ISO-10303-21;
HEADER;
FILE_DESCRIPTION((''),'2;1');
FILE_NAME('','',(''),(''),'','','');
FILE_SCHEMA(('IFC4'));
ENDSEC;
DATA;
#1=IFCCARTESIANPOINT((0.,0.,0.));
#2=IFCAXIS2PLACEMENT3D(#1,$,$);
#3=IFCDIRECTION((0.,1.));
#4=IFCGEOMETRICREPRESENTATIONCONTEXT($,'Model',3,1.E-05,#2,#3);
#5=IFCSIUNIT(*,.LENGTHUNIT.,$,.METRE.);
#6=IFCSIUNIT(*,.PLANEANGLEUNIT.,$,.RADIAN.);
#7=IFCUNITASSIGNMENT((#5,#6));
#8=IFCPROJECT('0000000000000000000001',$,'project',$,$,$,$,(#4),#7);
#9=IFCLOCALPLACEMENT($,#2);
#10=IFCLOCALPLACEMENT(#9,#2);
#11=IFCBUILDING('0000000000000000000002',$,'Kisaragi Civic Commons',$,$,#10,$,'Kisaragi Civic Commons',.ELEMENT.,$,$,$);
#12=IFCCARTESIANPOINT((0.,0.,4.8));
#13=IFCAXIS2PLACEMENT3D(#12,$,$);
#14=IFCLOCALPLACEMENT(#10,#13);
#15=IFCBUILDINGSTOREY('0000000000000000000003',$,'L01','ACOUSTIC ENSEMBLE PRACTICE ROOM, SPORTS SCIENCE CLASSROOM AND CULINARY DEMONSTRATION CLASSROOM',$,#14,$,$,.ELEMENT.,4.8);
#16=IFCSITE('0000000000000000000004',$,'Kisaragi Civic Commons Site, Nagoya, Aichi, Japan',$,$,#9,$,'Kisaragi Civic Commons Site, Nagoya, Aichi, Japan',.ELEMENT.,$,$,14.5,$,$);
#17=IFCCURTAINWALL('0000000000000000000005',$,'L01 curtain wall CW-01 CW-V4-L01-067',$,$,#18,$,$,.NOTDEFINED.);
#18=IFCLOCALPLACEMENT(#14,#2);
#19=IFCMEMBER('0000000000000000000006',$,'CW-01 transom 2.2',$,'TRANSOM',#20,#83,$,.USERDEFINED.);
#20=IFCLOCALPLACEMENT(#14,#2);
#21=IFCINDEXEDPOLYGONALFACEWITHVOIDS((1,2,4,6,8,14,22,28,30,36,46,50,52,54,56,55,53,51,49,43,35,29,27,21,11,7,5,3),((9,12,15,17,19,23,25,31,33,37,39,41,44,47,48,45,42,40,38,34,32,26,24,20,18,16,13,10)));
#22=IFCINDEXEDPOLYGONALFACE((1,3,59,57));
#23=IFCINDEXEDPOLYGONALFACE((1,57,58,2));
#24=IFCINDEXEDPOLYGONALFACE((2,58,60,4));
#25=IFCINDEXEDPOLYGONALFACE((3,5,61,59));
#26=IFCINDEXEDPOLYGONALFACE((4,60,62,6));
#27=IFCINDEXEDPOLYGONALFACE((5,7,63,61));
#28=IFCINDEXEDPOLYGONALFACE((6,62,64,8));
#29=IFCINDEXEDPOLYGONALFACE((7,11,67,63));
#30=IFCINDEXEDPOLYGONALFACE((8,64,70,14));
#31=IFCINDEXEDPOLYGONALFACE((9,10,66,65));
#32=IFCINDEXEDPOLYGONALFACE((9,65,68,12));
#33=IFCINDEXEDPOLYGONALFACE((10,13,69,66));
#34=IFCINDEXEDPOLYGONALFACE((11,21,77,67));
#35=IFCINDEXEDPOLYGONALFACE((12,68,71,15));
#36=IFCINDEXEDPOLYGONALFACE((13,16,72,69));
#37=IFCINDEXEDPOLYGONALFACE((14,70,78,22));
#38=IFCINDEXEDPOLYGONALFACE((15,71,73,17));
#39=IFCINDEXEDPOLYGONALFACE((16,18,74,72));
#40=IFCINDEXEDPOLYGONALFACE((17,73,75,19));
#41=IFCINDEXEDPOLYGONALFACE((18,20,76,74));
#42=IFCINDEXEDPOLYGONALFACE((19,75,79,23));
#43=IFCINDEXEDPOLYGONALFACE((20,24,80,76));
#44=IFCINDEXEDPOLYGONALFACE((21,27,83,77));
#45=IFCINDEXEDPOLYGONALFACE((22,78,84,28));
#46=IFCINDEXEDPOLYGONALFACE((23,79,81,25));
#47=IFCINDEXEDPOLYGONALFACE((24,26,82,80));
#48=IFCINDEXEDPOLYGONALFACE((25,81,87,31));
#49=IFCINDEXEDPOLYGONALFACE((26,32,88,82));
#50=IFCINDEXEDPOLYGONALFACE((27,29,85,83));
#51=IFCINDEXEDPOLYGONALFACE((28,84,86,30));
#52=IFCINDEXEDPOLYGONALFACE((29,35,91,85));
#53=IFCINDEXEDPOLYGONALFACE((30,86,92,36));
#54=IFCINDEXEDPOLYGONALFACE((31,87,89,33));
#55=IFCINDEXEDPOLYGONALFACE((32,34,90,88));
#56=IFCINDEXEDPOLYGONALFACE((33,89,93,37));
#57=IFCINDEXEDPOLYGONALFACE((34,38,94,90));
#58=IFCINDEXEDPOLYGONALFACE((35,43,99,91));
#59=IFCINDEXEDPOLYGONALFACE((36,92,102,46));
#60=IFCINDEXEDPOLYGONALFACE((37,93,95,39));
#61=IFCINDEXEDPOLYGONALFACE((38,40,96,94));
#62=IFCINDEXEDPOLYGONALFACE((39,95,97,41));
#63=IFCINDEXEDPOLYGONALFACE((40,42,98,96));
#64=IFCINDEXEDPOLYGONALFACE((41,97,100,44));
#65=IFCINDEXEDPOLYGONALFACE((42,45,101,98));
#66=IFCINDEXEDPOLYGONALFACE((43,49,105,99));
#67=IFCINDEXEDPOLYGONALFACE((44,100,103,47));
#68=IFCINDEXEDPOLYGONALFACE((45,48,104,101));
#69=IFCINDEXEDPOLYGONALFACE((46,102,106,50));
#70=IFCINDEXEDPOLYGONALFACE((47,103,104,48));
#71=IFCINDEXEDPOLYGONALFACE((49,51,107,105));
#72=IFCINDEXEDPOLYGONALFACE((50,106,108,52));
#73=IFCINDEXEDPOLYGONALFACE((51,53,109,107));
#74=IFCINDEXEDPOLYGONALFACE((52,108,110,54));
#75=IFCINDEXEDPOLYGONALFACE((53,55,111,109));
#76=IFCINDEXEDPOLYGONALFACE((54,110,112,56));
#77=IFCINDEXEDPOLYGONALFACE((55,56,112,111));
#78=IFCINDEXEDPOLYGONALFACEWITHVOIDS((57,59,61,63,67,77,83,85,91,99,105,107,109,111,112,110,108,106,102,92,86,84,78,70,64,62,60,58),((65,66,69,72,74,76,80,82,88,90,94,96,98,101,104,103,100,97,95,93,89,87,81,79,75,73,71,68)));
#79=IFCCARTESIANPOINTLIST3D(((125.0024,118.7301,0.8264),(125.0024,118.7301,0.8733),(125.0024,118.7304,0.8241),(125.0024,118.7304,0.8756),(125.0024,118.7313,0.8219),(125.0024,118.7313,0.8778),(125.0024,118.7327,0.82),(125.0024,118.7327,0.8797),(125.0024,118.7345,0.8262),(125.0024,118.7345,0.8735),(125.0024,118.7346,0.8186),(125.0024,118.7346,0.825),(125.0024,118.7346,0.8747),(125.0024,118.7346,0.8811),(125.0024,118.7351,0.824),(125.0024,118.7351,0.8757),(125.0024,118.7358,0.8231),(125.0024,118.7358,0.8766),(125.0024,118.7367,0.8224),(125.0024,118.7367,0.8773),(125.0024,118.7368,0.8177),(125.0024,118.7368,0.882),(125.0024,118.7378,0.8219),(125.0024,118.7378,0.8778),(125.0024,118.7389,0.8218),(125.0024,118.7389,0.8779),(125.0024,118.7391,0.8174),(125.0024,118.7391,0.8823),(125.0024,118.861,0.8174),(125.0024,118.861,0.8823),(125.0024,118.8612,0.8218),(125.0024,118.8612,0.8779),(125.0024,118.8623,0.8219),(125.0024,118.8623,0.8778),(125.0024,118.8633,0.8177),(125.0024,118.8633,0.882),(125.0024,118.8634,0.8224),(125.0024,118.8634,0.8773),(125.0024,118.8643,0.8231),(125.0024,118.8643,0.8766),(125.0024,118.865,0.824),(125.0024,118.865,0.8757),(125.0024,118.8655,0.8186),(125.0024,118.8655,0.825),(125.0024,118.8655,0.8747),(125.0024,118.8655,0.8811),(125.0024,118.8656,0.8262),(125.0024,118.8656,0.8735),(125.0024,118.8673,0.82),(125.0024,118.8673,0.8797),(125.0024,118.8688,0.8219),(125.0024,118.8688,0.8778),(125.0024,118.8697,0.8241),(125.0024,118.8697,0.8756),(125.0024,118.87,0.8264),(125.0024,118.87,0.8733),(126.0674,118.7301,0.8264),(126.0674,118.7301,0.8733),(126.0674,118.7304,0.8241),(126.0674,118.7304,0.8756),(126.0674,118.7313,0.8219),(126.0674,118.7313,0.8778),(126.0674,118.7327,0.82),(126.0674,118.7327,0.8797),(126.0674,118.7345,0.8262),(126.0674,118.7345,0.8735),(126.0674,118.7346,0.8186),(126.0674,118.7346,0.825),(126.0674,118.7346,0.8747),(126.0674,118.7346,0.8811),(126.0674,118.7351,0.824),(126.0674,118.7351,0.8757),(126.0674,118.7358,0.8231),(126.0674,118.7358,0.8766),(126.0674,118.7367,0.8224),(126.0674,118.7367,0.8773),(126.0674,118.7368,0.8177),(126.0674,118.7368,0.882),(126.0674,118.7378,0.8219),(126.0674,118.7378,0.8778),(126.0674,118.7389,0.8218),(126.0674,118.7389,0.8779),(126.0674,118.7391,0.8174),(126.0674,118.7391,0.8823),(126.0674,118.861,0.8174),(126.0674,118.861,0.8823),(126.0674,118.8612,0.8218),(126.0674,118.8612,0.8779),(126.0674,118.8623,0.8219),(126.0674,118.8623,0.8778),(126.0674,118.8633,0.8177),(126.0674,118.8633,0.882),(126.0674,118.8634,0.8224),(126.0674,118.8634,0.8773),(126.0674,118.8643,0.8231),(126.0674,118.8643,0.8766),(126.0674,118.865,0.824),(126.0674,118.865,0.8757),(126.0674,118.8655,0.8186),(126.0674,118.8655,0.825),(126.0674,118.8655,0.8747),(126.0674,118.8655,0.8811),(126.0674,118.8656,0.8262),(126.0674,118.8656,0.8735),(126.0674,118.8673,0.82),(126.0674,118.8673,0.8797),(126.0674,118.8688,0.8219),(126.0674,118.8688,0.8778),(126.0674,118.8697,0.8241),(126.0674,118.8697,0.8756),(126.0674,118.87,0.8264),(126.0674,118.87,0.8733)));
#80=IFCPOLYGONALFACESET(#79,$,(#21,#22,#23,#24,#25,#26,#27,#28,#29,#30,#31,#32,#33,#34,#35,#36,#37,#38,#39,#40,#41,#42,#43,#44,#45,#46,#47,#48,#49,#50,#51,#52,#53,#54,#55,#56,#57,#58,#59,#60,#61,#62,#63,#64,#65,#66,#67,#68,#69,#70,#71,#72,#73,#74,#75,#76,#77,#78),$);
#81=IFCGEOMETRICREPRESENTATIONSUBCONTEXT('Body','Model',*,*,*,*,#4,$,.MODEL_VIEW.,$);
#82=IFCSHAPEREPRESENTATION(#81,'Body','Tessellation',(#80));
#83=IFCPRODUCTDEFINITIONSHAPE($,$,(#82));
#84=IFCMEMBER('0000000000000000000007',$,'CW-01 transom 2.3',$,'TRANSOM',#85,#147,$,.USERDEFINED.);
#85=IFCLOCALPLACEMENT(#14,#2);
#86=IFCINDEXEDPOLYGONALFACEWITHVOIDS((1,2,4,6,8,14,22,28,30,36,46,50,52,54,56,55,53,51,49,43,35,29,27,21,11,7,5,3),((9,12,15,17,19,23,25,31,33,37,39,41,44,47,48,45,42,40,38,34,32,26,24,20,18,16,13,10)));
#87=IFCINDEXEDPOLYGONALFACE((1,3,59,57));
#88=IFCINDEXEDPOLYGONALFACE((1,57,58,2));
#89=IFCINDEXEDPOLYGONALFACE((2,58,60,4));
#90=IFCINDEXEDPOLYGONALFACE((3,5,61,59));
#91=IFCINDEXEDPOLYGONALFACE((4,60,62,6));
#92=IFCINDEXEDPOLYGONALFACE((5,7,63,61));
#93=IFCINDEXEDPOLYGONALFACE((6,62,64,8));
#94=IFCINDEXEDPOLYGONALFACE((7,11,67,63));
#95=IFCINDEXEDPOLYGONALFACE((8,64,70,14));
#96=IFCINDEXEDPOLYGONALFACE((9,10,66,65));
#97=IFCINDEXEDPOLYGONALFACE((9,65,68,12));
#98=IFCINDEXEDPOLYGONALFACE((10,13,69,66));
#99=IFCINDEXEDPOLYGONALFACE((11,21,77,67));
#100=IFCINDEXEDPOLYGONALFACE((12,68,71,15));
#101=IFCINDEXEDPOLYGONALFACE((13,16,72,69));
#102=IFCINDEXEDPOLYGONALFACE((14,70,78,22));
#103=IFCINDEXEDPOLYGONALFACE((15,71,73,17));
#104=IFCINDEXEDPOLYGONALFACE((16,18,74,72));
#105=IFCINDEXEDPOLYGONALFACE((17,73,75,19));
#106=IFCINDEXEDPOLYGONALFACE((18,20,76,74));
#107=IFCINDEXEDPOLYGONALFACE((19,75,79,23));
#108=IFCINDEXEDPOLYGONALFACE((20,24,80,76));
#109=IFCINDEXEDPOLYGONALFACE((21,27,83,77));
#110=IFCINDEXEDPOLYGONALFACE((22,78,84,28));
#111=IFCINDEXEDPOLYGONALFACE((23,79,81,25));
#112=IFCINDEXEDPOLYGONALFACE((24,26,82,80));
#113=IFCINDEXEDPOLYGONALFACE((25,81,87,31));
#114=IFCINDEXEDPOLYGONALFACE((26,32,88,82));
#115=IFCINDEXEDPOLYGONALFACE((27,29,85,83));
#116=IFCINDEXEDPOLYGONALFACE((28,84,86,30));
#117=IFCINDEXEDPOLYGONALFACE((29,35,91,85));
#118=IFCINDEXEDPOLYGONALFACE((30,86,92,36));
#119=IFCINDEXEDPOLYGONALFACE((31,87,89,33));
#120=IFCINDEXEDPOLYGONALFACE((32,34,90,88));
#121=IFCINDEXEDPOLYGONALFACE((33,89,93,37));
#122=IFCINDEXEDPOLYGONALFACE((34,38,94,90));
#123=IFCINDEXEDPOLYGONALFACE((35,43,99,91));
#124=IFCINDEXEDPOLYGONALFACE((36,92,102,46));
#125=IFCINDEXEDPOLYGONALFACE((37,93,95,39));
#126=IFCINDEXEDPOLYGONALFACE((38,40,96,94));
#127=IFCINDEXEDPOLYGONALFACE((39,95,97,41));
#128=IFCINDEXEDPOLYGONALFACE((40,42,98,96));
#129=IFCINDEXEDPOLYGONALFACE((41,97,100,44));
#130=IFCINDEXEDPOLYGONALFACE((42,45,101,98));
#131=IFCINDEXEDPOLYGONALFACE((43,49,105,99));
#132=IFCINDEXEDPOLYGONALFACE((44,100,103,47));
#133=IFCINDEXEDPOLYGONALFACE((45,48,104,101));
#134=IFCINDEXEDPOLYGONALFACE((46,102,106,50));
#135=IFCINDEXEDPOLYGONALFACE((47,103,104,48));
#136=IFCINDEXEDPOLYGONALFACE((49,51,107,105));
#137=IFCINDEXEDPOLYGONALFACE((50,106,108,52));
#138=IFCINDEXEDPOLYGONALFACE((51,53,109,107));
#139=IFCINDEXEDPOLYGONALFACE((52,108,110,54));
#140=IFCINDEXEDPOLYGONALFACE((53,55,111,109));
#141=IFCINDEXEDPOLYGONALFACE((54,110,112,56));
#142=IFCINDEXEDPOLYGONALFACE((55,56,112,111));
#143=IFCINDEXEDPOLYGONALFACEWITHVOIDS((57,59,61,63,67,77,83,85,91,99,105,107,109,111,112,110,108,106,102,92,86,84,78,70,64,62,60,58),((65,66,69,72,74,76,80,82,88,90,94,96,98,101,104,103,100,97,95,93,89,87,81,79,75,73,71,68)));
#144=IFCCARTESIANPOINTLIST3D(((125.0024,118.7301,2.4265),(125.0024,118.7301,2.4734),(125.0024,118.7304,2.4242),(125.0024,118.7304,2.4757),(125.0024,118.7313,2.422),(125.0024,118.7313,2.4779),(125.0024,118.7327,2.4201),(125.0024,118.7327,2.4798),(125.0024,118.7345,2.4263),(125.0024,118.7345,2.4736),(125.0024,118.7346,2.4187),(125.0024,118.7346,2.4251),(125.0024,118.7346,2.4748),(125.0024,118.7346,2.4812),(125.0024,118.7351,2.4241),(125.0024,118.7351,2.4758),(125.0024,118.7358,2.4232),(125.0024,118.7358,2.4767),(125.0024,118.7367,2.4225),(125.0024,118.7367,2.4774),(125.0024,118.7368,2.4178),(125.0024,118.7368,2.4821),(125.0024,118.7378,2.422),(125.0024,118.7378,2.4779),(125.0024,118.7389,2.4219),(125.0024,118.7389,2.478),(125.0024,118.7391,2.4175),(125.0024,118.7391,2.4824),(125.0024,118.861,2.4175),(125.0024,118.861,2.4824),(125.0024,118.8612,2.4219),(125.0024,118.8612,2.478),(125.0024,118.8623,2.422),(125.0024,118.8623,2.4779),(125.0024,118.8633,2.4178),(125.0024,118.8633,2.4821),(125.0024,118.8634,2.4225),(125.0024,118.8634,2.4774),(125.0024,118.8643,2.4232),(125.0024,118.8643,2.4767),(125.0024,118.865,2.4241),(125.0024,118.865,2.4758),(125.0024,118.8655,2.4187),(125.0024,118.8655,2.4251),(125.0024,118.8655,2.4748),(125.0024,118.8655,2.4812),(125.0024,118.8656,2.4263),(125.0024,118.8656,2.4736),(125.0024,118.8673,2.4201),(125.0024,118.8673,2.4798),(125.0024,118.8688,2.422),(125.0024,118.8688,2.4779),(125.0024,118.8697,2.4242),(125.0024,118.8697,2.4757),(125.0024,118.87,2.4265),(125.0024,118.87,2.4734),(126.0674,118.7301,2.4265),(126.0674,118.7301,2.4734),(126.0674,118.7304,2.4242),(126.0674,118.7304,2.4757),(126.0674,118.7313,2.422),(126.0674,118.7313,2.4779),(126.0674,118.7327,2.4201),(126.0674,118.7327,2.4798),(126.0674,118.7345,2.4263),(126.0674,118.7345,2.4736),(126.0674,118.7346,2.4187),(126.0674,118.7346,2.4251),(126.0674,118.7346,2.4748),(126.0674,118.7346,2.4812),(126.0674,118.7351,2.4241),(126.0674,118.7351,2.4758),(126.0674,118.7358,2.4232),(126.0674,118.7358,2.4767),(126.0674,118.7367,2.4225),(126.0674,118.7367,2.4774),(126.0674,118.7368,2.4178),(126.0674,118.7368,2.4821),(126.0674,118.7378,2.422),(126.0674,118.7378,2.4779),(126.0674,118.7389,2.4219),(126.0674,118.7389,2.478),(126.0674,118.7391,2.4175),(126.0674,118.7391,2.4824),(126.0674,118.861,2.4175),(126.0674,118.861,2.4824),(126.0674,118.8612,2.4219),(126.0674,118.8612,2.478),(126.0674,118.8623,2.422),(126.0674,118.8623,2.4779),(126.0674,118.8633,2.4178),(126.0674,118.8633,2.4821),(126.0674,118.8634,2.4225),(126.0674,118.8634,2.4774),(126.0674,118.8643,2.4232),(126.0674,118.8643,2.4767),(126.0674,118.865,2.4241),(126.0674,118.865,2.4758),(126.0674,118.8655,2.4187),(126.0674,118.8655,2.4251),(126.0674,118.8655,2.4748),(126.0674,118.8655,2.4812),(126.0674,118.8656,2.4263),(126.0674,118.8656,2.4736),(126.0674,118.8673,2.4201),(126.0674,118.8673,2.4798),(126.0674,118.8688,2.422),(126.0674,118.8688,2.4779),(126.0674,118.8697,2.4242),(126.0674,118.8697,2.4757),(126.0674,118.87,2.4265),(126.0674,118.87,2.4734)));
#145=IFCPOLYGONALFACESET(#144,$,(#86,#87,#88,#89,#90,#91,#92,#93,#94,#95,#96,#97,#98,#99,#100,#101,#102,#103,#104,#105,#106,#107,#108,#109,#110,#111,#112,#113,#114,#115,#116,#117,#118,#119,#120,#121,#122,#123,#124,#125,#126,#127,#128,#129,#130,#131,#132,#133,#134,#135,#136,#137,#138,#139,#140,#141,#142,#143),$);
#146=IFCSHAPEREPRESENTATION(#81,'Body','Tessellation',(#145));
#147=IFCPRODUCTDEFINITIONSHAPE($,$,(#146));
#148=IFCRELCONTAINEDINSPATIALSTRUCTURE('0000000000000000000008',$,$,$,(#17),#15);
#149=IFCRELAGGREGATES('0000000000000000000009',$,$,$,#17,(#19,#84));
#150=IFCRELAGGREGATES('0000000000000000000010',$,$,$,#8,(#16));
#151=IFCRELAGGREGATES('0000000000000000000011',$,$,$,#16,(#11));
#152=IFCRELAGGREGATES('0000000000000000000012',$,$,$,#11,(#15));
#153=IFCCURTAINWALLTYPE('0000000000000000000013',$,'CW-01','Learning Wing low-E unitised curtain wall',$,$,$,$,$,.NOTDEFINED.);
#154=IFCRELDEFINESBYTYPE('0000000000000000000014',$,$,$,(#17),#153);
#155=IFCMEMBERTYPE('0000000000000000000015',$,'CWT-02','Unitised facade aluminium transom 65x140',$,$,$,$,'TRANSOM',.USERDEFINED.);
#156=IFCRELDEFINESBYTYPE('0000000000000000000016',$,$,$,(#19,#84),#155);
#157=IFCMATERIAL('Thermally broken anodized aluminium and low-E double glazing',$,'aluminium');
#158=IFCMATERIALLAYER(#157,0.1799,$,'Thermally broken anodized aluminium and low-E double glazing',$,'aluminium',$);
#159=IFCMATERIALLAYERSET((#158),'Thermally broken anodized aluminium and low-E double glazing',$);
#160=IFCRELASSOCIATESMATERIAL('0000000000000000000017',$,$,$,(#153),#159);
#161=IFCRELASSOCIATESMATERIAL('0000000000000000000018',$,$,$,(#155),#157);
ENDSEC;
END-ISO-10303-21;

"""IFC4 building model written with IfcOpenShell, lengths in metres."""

from ifc_helpers import new_model, si_unit, direction, frame, origin, origin_2d, place, context, subcontext, project, spatial, hollow_rectangle, extrude, material, layer, layer_set, material_profile, profile_set, type_object, element, aggregate, save


model = new_model("IFC4")

# Units and contexts
model_context = context("Model", 3, precision=1e-05, world=origin(), true_north=direction((0.0, 1.0)))
body_context = subcontext(model_context, "Body", "Model", "MODEL_VIEW")
ifc_project = project(units=[si_unit("LENGTHUNIT", "METRE"), si_unit("PLANEANGLEUNIT", "RADIAN")], contexts=[model_context])

# Site, building, storey
site_placement = place(None, origin())
site = spatial("IfcSite", under=ifc_project, at=site_placement, Name="Kisaragi Civic Commons Site, Nagoya, Aichi, Japan", LongName="Kisaragi Civic Commons Site, Nagoya, Aichi, Japan", CompositionType="ELEMENT", RefElevation=14.5)
building_placement = place(site_placement, origin())
building = spatial("IfcBuilding", under=site, at=building_placement, Name="Kisaragi Civic Commons", LongName="Kisaragi Civic Commons", CompositionType="ELEMENT")
storey_placement = place(building_placement, frame((0.0, 0.0, 4.8)))
storey = spatial("IfcBuildingStorey", under=building, at=storey_placement, Name="L01", Description="ACOUSTIC ENSEMBLE PRACTICE ROOM, SPORTS SCIENCE CLASSROOM AND CULINARY DEMONSTRATION CLASSROOM", CompositionType="ELEMENT", Elevation=4.8)

# Shared definitions
ifc_material_1 = material(Name="Thermally broken anodized aluminium and low-E double glazing", Category="aluminium")
ifc_layer_1 = layer(ifc_material_1, 0.1799, Name="Thermally broken anodized aluminium and low-E double glazing", Category="aluminium")
ifc_layer_set_1 = layer_set([ifc_layer_1], Name="Thermally broken anodized aluminium and low-E double glazing")
curtain_wall_type = type_object("IfcCurtainWallType", Name="CW-01", Description="Learning Wing low-E unitised curtain wall", PredefinedType="NOTDEFINED", material=ifc_layer_set_1)

# Curtain wall, members
curtain_wall_1_placement = place(storey_placement, origin())
curtain_wall_1 = element("IfcCurtainWall", 1, at=curtain_wall_1_placement, inside=storey, type_object=curtain_wall_type, Name="L01 curtain wall CW-01 CW-V4-L01-067", PredefinedType="NOTDEFINED")
ifc_material_profile_1 = material_profile(ifc_material_1, hollow_rectangle(XDim=0.1399, YDim=0.0649, WallThickness=0.0044, InnerFilletRadius=0.0044, OuterFilletRadius=0.009, at=origin_2d()), Name="CWT-65x140x4.5", Category="aluminium")
ifc_profile_set_1 = profile_set([ifc_material_profile_1], Name="Thermally broken anodized aluminium and low-E double glazing")
member_type_1 = type_object("IfcMemberType", Name="CWT-02", Description="Unitised facade aluminium transom 65x140", ElementType="TRANSOM", PredefinedType="USERDEFINED", material=ifc_profile_set_1)
member_1_placement = place(storey_placement, frame((125.0024, 118.8, 0.8499), z_axis=(1.0, 0.0, 0.0), x_axis=(0.0, 1.0, 0.0)))
member_1 = element("IfcMember", 2, at=member_1_placement, type_object=member_type_1, Name="CW-01 transom 2.2", ObjectType="TRANSOM", PredefinedType="USERDEFINED", context=body_context, shape_type="SweptSolid", body=[
    extrude(hollow_rectangle(XDim=0.1399, YDim=0.0649, WallThickness=0.0044, InnerFilletRadius=0.0044, OuterFilletRadius=0.009, at=origin_2d()), origin(), (0.0, 0.0, 1.0), 1.0649),
])
member_2_placement = place(storey_placement, frame((125.0024, 118.8, 2.45), z_axis=(1.0, 0.0, 0.0), x_axis=(0.0, 1.0, 0.0)))
member_2 = element("IfcMember", 3, at=member_2_placement, type_object=member_type_1, Name="CW-01 transom 2.3", ObjectType="TRANSOM", PredefinedType="USERDEFINED", context=body_context, shape_type="SweptSolid", body=[
    extrude(hollow_rectangle(XDim=0.1399, YDim=0.0649, WallThickness=0.0044, InnerFilletRadius=0.0044, OuterFilletRadius=0.009, at=origin_2d()), origin(), (0.0, 0.0, 1.0), 1.0649),
])

aggregate(curtain_wall_1, [member_1, member_2])

save(model, "model.ifc")
